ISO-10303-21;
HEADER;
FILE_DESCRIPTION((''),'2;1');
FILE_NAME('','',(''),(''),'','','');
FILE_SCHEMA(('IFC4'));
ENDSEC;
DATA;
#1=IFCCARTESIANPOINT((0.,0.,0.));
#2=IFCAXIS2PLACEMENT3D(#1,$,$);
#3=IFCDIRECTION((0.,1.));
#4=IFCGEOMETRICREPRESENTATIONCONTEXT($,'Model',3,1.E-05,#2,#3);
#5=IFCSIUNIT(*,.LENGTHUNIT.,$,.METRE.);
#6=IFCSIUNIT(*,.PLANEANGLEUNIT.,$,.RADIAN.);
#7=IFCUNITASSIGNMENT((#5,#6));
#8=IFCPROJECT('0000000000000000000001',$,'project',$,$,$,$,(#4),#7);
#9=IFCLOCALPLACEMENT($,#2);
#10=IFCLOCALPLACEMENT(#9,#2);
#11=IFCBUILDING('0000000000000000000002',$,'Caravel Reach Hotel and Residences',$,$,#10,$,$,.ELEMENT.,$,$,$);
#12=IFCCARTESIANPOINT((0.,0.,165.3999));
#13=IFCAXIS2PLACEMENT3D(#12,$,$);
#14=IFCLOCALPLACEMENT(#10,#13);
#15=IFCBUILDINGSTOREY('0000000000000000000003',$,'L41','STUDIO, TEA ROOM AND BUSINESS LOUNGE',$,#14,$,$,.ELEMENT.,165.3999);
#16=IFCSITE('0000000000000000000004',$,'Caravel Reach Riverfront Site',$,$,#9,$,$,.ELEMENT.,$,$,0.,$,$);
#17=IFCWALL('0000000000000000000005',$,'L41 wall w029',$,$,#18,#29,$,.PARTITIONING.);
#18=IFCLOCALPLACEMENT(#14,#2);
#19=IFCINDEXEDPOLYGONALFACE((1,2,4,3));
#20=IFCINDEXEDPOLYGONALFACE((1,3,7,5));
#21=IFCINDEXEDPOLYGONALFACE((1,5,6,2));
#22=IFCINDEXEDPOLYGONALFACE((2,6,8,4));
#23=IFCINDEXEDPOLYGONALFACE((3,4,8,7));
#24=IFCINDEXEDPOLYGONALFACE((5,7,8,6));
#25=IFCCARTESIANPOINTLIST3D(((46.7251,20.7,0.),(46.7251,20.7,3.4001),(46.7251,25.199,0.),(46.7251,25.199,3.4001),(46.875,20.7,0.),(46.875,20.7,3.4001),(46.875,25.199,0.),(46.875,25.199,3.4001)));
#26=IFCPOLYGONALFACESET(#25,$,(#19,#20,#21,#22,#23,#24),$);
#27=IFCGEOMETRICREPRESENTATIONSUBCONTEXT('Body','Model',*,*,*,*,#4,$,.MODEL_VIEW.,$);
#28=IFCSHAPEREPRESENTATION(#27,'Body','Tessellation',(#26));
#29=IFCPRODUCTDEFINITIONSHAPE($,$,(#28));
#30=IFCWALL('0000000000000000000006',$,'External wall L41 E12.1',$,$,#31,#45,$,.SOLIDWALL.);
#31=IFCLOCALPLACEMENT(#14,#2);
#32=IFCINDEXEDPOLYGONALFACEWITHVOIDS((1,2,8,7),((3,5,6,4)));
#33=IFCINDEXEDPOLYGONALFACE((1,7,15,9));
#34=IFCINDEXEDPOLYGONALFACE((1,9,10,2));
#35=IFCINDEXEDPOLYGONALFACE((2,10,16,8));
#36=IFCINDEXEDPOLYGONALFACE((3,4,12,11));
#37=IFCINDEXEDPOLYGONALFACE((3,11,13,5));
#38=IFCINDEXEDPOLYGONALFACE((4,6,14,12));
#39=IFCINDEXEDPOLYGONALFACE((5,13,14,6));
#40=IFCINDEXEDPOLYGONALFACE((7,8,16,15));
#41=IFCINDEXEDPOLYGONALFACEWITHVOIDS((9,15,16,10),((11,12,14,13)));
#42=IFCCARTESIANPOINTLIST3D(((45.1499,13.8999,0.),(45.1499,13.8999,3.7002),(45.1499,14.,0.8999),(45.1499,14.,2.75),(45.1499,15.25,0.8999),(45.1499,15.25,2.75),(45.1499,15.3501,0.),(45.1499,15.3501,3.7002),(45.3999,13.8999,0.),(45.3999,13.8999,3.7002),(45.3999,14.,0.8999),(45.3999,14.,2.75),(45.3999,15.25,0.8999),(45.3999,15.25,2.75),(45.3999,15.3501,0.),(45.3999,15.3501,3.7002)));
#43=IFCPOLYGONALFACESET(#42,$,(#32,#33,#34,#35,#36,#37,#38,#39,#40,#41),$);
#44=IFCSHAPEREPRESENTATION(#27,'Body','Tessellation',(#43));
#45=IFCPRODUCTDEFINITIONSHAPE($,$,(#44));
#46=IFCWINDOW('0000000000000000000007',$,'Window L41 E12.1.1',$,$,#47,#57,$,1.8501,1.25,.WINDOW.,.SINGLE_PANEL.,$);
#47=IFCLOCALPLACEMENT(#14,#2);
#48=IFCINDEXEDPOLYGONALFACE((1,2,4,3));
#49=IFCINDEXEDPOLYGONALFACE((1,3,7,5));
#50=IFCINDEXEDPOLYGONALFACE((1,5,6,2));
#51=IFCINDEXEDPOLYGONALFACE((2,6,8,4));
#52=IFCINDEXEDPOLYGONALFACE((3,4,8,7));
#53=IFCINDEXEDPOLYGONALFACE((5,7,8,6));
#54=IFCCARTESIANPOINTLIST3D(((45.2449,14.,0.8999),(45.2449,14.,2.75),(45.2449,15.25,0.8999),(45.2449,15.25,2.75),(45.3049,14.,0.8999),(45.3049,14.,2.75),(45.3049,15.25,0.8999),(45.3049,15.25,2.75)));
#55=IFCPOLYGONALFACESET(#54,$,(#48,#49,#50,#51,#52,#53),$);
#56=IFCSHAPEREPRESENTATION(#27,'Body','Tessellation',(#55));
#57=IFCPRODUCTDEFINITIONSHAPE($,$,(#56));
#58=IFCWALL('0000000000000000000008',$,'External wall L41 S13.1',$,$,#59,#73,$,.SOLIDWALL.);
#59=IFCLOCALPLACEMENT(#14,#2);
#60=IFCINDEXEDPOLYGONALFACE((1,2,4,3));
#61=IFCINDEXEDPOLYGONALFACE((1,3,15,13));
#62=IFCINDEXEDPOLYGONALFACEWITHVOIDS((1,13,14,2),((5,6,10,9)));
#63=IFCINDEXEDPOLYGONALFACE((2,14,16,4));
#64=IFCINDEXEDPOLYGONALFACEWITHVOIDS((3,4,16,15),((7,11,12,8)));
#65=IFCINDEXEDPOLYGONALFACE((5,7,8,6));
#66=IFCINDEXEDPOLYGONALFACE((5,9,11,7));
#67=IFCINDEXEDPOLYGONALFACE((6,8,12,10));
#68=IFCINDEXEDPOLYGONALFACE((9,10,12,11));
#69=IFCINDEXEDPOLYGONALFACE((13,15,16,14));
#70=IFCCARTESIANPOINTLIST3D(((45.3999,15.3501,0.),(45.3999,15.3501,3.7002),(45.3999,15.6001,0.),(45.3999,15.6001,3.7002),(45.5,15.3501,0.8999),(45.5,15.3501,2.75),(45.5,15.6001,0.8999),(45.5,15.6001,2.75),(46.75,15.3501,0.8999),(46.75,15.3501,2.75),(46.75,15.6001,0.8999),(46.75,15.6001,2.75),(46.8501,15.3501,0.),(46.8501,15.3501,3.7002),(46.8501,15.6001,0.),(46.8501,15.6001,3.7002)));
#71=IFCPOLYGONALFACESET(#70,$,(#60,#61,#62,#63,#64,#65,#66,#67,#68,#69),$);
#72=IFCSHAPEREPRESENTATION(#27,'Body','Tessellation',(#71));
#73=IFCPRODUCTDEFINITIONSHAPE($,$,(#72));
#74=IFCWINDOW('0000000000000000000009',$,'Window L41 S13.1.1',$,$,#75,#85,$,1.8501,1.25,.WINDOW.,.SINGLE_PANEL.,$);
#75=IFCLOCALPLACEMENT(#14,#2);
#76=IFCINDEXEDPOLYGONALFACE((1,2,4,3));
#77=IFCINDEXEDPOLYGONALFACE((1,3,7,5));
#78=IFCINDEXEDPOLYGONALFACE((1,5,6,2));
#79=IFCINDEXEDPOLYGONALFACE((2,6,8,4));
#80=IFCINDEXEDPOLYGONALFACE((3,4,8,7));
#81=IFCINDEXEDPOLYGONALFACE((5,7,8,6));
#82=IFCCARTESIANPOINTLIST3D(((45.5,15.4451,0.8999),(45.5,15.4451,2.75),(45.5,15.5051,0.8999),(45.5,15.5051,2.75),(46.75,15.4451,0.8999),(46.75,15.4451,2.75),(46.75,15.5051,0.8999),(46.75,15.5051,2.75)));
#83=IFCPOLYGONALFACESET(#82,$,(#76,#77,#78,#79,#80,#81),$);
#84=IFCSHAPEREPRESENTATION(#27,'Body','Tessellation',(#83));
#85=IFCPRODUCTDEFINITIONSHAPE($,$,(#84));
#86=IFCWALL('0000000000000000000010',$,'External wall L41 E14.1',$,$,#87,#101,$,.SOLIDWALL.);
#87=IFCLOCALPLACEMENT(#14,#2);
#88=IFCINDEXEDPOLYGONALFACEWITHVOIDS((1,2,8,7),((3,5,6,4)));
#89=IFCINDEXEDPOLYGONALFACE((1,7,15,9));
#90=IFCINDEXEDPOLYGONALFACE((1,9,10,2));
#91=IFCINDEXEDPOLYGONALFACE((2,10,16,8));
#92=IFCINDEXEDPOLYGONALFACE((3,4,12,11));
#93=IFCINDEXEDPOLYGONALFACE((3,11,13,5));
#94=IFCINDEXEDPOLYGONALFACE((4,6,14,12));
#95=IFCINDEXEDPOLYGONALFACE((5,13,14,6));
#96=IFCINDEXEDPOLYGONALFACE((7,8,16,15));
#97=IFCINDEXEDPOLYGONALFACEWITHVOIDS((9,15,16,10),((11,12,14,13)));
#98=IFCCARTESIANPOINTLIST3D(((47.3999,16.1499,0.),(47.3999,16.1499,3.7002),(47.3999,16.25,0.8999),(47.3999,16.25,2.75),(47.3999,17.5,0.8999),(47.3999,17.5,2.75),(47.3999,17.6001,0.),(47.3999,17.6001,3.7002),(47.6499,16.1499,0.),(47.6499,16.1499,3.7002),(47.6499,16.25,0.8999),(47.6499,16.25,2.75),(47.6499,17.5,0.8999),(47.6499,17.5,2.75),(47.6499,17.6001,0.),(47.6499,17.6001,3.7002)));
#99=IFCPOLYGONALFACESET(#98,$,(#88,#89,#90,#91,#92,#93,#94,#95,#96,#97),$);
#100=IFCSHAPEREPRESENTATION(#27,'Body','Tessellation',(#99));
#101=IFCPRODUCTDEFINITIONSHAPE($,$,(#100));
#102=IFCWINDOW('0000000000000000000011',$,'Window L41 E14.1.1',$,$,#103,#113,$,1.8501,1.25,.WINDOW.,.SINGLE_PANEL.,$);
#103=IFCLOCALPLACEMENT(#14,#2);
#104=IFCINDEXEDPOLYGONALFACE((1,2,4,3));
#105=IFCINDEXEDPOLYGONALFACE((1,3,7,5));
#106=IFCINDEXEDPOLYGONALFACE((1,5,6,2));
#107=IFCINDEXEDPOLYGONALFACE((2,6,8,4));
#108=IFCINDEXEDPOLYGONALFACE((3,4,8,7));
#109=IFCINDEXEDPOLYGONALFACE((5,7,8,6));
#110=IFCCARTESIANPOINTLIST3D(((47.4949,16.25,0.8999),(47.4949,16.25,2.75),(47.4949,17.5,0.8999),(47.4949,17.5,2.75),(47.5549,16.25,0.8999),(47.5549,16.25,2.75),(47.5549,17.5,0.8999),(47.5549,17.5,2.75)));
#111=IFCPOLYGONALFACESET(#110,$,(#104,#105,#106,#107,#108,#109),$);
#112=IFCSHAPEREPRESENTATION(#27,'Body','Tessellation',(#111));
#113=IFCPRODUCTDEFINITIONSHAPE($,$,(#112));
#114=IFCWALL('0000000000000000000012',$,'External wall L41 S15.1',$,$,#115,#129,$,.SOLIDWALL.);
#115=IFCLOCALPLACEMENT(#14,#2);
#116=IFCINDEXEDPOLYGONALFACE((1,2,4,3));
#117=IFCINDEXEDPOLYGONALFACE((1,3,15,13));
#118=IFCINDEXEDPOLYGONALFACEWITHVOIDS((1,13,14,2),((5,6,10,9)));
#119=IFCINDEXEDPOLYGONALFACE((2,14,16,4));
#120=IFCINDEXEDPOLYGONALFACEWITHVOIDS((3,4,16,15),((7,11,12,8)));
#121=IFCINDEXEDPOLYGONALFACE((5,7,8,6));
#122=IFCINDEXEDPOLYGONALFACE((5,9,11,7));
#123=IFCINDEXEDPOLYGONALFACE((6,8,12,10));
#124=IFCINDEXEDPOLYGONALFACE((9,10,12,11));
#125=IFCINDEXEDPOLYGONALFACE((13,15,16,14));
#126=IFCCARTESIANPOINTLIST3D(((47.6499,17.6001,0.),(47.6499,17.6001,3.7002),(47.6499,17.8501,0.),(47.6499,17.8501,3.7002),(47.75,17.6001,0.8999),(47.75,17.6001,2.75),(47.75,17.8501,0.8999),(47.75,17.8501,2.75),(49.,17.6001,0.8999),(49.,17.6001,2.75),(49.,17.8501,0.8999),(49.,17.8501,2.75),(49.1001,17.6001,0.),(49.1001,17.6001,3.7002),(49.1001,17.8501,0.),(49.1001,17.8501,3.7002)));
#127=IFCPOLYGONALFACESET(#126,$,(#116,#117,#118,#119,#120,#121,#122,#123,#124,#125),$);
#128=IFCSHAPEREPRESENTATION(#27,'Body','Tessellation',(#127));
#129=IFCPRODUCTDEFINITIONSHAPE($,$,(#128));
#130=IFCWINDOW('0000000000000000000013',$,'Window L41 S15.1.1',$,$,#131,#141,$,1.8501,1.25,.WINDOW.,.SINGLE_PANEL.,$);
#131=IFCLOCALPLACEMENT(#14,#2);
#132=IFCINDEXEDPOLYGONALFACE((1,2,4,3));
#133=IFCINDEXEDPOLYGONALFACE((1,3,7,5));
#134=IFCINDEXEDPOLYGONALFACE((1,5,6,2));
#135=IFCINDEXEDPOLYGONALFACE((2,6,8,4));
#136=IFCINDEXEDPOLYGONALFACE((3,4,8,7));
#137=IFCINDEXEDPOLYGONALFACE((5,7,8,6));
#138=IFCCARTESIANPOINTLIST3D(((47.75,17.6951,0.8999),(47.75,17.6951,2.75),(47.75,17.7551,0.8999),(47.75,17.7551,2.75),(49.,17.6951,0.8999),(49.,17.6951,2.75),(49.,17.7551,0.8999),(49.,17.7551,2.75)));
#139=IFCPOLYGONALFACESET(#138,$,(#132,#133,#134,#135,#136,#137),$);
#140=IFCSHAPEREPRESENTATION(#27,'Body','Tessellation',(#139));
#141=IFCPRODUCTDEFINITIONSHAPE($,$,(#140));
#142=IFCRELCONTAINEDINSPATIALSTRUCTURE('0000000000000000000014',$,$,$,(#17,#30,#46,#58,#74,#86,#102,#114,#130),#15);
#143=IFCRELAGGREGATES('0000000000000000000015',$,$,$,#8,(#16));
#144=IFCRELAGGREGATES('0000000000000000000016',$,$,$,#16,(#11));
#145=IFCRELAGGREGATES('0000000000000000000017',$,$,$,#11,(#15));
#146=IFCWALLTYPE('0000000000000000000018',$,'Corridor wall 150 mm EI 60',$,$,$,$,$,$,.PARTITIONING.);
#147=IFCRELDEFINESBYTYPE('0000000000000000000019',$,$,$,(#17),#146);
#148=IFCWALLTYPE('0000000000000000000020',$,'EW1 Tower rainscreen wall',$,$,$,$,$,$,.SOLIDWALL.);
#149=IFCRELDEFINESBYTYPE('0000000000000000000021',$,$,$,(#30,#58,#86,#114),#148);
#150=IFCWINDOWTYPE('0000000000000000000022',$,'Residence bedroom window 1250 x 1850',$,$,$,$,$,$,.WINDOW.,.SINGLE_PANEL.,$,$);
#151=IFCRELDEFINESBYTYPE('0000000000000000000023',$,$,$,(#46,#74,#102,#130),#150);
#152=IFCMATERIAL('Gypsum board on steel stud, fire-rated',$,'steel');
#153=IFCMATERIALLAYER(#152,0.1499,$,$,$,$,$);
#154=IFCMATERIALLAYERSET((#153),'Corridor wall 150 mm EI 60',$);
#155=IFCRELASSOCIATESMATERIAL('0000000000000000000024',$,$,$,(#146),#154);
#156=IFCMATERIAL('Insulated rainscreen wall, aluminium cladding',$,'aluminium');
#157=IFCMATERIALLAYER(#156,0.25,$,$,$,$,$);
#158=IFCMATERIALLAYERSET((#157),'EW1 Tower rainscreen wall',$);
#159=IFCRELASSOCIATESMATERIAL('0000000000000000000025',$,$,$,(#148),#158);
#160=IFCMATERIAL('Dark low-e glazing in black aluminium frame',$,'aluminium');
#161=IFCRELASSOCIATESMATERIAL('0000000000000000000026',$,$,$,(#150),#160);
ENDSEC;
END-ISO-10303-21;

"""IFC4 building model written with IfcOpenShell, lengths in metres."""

from ifc_helpers import new_model, si_unit, direction, frame, frame_2d, origin, place, context, subcontext, project, spatial, rectangle, extrude, material, layer, layer_set, type_object, element, fill, save


model = new_model("IFC4")

# Units and contexts
model_context = context("Model", 3, precision=1e-05, world=origin(), true_north=direction((0.0, 1.0)))
body_context = subcontext(model_context, "Body", "Model", "MODEL_VIEW")
ifc_project = project(units=[si_unit("LENGTHUNIT", "METRE"), si_unit("PLANEANGLEUNIT", "RADIAN")], contexts=[model_context])

# Site, building, storey
site_placement = place(None, origin())
site = spatial("IfcSite", under=ifc_project, at=site_placement, Name="Caravel Reach Riverfront Site", CompositionType="ELEMENT", RefElevation=0.0)
building_placement = place(site_placement, origin())
building = spatial("IfcBuilding", under=site, at=building_placement, Name="Caravel Reach Hotel and Residences", CompositionType="ELEMENT")
storey_placement = place(building_placement, frame((0.0, 0.0, 165.3999)))
storey = spatial("IfcBuildingStorey", under=building, at=storey_placement, Name="L41", Description="STUDIO, TEA ROOM AND BUSINESS LOUNGE", CompositionType="ELEMENT", Elevation=165.3999)

# Wall
ifc_material_1 = material(Name="Gypsum board on steel stud, fire-rated", Category="steel")
ifc_layer_1 = layer(ifc_material_1, 0.1499)
ifc_layer_set_1 = layer_set([ifc_layer_1], Name="Corridor wall 150 mm EI 60")
wall_type_1 = type_object("IfcWallType", Name="Corridor wall 150 mm EI 60", PredefinedType="PARTITIONING", material=ifc_layer_set_1)
wall_1_placement = place(storey_placement, frame((46.8, 20.7, 0.0), z_axis=(0.0, 0.0, 1.0), x_axis=(0.0, 1.0, 0.0)))
element("IfcWall", 1, at=wall_1_placement, inside=storey, type_object=wall_type_1, Name="L41 wall w029", PredefinedType="PARTITIONING", context=body_context, shape_type="SweptSolid", body=[
    extrude(rectangle(XDim=4.499, YDim=0.1499, at=frame_2d((2.2495, 0.0))), origin(), (0.0, 0.0, 1.0), 3.4001),
])

# Walls, openings, windows
ifc_material_2 = material(Name="Insulated rainscreen wall, aluminium cladding", Category="aluminium")
ifc_layer_2 = layer(ifc_material_2, 0.25)
ifc_layer_set_2 = layer_set([ifc_layer_2], Name="EW1 Tower rainscreen wall")
wall_type_2 = type_object("IfcWallType", Name="EW1 Tower rainscreen wall", PredefinedType="SOLIDWALL", material=ifc_layer_set_2)
wall_2_placement = place(storey_placement, frame((45.2749, 13.8999, 0.0), z_axis=(0.0, 0.0, 1.0), x_axis=(0.0, 1.0, 0.0)))
wall_2 = element("IfcWall", 2, at=wall_2_placement, inside=storey, type_object=wall_type_2, Name="External wall L41 E12.1", PredefinedType="SOLIDWALL", context=body_context, shape_type="SweptSolid", body=[
    extrude(rectangle(XDim=1.4502, YDim=0.25, at=frame_2d((0.7251, 0.0))), origin(), (0.0, 0.0, 1.0), 3.7002),
])
opening_1_placement = place(wall_2_placement, frame((0.1001, 0.0, 0.8999)))
opening_1 = element("IfcOpeningElement", 3, at=opening_1_placement, cuts=wall_2, PredefinedType="OPENING", context=body_context, shape_type="SweptSolid", body=[
    extrude(rectangle(XDim=1.25, YDim=1.8501, at=frame_2d((0.625, 0.925))), frame((0.0, 0.135, 0.0), z_axis=(0.0, -1.0, 0.0), x_axis=(1.0, 0.0, 0.0)), (0.0, 0.0, 1.0), 0.27),
])
ifc_material_3 = material(Name="Dark low-e glazing in black aluminium frame", Category="aluminium")
window_type_1 = type_object("IfcWindowType", Name="Residence bedroom window 1250 x 1850", PartitioningType="SINGLE_PANEL", PredefinedType="WINDOW", material=ifc_material_3)
window_1_placement = place(opening_1_placement, origin())
window_1 = element("IfcWindow", 4, at=window_1_placement, inside=storey, type_object=window_type_1, Name="Window L41 E12.1.1", OverallHeight=1.8501, OverallWidth=1.25, PartitioningType="SINGLE_PANEL", PredefinedType="WINDOW", context=body_context, shape_type="SweptSolid", body=[
    extrude(rectangle(XDim=1.25, YDim=1.8501, at=frame_2d((0.625, 0.925))), frame((0.0, 0.03, 0.0), z_axis=(0.0, -1.0, 0.0), x_axis=(1.0, 0.0, 0.0)), (0.0, 0.0, 1.0), 0.0601),
])
fill(opening_1, window_1)
wall_3_placement = place(storey_placement, frame((45.3999, 15.4751, 0.0), z_axis=(0.0, 0.0, 1.0), x_axis=(1.0, 0.0, 0.0)))
wall_3 = element("IfcWall", 5, at=wall_3_placement, inside=storey, type_object=wall_type_2, Name="External wall L41 S13.1", PredefinedType="SOLIDWALL", context=body_context, shape_type="SweptSolid", body=[
    extrude(rectangle(XDim=1.4502, YDim=0.25, at=frame_2d((0.7251, 0.0))), origin(), (0.0, 0.0, 1.0), 3.7002),
])
opening_2_placement = place(wall_3_placement, frame((0.1001, 0.0, 0.8999)))
opening_2 = element("IfcOpeningElement", 6, at=opening_2_placement, cuts=wall_3, PredefinedType="OPENING", context=body_context, shape_type="SweptSolid", body=[
    extrude(rectangle(XDim=1.25, YDim=1.8501, at=frame_2d((0.625, 0.925))), frame((0.0, 0.135, 0.0), z_axis=(0.0, -1.0, 0.0), x_axis=(1.0, 0.0, 0.0)), (0.0, 0.0, 1.0), 0.27),
])
window_2_placement = place(opening_2_placement, origin())
window_2 = element("IfcWindow", 7, at=window_2_placement, inside=storey, type_object=window_type_1, Name="Window L41 S13.1.1", OverallHeight=1.8501, OverallWidth=1.25, PartitioningType="SINGLE_PANEL", PredefinedType="WINDOW", context=body_context, shape_type="SweptSolid", body=[
    extrude(rectangle(XDim=1.25, YDim=1.8501, at=frame_2d((0.625, 0.925))), frame((0.0, 0.03, 0.0), z_axis=(0.0, -1.0, 0.0), x_axis=(1.0, 0.0, 0.0)), (0.0, 0.0, 1.0), 0.0601),
])
fill(opening_2, window_2)
wall_4_placement = place(storey_placement, frame((47.5249, 16.1499, 0.0), z_axis=(0.0, 0.0, 1.0), x_axis=(0.0, 1.0, 0.0)))
wall_4 = element("IfcWall", 8, at=wall_4_placement, inside=storey, type_object=wall_type_2, Name="External wall L41 E14.1", PredefinedType="SOLIDWALL", context=body_context, shape_type="SweptSolid", body=[
    extrude(rectangle(XDim=1.4502, YDim=0.25, at=frame_2d((0.7251, 0.0))), origin(), (0.0, 0.0, 1.0), 3.7002),
])
opening_3_placement = place(wall_4_placement, frame((0.1001, 0.0, 0.8999)))
opening_3 = element("IfcOpeningElement", 9, at=opening_3_placement, cuts=wall_4, PredefinedType="OPENING", context=body_context, shape_type="SweptSolid", body=[
    extrude(rectangle(XDim=1.25, YDim=1.8501, at=frame_2d((0.625, 0.925))), frame((0.0, 0.135, 0.0), z_axis=(0.0, -1.0, 0.0), x_axis=(1.0, 0.0, 0.0)), (0.0, 0.0, 1.0), 0.27),
])
window_3_placement = place(opening_3_placement, origin())
window_3 = element("IfcWindow", 10, at=window_3_placement, inside=storey, type_object=window_type_1, Name="Window L41 E14.1.1", OverallHeight=1.8501, OverallWidth=1.25, PartitioningType="SINGLE_PANEL", PredefinedType="WINDOW", context=body_context, shape_type="SweptSolid", body=[
    extrude(rectangle(XDim=1.25, YDim=1.8501, at=frame_2d((0.625, 0.925))), frame((0.0, 0.03, 0.0), z_axis=(0.0, -1.0, 0.0), x_axis=(1.0, 0.0, 0.0)), (0.0, 0.0, 1.0), 0.0601),
])
fill(opening_3, window_3)
wall_5_placement = place(storey_placement, frame((47.6499, 17.7251, 0.0), z_axis=(0.0, 0.0, 1.0), x_axis=(1.0, 0.0, 0.0)))
wall_5 = element("IfcWall", 11, at=wall_5_placement, inside=storey, type_object=wall_type_2, Name="External wall L41 S15.1", PredefinedType="SOLIDWALL", context=body_context, shape_type="SweptSolid", body=[
    extrude(rectangle(XDim=1.4502, YDim=0.25, at=frame_2d((0.7251, 0.0))), origin(), (0.0, 0.0, 1.0), 3.7002),
])
opening_4_placement = place(wall_5_placement, frame((0.1001, 0.0, 0.8999)))
opening_4 = element("IfcOpeningElement", 12, at=opening_4_placement, cuts=wall_5, PredefinedType="OPENING", context=body_context, shape_type="SweptSolid", body=[
    extrude(rectangle(XDim=1.25, YDim=1.8501, at=frame_2d((0.625, 0.925))), frame((0.0, 0.135, 0.0), z_axis=(0.0, -1.0, 0.0), x_axis=(1.0, 0.0, 0.0)), (0.0, 0.0, 1.0), 0.27),
])
window_4_placement = place(opening_4_placement, origin())
window_4 = element("IfcWindow", 13, at=window_4_placement, inside=storey, type_object=window_type_1, Name="Window L41 S15.1.1", OverallHeight=1.8501, OverallWidth=1.25, PartitioningType="SINGLE_PANEL", PredefinedType="WINDOW", context=body_context, shape_type="SweptSolid", body=[
    extrude(rectangle(XDim=1.25, YDim=1.8501, at=frame_2d((0.625, 0.925))), frame((0.0, 0.03, 0.0), z_axis=(0.0, -1.0, 0.0), x_axis=(1.0, 0.0, 0.0)), (0.0, 0.0, 1.0), 0.0601),
])
fill(opening_4, window_4)

save(model, "model.ifc")
